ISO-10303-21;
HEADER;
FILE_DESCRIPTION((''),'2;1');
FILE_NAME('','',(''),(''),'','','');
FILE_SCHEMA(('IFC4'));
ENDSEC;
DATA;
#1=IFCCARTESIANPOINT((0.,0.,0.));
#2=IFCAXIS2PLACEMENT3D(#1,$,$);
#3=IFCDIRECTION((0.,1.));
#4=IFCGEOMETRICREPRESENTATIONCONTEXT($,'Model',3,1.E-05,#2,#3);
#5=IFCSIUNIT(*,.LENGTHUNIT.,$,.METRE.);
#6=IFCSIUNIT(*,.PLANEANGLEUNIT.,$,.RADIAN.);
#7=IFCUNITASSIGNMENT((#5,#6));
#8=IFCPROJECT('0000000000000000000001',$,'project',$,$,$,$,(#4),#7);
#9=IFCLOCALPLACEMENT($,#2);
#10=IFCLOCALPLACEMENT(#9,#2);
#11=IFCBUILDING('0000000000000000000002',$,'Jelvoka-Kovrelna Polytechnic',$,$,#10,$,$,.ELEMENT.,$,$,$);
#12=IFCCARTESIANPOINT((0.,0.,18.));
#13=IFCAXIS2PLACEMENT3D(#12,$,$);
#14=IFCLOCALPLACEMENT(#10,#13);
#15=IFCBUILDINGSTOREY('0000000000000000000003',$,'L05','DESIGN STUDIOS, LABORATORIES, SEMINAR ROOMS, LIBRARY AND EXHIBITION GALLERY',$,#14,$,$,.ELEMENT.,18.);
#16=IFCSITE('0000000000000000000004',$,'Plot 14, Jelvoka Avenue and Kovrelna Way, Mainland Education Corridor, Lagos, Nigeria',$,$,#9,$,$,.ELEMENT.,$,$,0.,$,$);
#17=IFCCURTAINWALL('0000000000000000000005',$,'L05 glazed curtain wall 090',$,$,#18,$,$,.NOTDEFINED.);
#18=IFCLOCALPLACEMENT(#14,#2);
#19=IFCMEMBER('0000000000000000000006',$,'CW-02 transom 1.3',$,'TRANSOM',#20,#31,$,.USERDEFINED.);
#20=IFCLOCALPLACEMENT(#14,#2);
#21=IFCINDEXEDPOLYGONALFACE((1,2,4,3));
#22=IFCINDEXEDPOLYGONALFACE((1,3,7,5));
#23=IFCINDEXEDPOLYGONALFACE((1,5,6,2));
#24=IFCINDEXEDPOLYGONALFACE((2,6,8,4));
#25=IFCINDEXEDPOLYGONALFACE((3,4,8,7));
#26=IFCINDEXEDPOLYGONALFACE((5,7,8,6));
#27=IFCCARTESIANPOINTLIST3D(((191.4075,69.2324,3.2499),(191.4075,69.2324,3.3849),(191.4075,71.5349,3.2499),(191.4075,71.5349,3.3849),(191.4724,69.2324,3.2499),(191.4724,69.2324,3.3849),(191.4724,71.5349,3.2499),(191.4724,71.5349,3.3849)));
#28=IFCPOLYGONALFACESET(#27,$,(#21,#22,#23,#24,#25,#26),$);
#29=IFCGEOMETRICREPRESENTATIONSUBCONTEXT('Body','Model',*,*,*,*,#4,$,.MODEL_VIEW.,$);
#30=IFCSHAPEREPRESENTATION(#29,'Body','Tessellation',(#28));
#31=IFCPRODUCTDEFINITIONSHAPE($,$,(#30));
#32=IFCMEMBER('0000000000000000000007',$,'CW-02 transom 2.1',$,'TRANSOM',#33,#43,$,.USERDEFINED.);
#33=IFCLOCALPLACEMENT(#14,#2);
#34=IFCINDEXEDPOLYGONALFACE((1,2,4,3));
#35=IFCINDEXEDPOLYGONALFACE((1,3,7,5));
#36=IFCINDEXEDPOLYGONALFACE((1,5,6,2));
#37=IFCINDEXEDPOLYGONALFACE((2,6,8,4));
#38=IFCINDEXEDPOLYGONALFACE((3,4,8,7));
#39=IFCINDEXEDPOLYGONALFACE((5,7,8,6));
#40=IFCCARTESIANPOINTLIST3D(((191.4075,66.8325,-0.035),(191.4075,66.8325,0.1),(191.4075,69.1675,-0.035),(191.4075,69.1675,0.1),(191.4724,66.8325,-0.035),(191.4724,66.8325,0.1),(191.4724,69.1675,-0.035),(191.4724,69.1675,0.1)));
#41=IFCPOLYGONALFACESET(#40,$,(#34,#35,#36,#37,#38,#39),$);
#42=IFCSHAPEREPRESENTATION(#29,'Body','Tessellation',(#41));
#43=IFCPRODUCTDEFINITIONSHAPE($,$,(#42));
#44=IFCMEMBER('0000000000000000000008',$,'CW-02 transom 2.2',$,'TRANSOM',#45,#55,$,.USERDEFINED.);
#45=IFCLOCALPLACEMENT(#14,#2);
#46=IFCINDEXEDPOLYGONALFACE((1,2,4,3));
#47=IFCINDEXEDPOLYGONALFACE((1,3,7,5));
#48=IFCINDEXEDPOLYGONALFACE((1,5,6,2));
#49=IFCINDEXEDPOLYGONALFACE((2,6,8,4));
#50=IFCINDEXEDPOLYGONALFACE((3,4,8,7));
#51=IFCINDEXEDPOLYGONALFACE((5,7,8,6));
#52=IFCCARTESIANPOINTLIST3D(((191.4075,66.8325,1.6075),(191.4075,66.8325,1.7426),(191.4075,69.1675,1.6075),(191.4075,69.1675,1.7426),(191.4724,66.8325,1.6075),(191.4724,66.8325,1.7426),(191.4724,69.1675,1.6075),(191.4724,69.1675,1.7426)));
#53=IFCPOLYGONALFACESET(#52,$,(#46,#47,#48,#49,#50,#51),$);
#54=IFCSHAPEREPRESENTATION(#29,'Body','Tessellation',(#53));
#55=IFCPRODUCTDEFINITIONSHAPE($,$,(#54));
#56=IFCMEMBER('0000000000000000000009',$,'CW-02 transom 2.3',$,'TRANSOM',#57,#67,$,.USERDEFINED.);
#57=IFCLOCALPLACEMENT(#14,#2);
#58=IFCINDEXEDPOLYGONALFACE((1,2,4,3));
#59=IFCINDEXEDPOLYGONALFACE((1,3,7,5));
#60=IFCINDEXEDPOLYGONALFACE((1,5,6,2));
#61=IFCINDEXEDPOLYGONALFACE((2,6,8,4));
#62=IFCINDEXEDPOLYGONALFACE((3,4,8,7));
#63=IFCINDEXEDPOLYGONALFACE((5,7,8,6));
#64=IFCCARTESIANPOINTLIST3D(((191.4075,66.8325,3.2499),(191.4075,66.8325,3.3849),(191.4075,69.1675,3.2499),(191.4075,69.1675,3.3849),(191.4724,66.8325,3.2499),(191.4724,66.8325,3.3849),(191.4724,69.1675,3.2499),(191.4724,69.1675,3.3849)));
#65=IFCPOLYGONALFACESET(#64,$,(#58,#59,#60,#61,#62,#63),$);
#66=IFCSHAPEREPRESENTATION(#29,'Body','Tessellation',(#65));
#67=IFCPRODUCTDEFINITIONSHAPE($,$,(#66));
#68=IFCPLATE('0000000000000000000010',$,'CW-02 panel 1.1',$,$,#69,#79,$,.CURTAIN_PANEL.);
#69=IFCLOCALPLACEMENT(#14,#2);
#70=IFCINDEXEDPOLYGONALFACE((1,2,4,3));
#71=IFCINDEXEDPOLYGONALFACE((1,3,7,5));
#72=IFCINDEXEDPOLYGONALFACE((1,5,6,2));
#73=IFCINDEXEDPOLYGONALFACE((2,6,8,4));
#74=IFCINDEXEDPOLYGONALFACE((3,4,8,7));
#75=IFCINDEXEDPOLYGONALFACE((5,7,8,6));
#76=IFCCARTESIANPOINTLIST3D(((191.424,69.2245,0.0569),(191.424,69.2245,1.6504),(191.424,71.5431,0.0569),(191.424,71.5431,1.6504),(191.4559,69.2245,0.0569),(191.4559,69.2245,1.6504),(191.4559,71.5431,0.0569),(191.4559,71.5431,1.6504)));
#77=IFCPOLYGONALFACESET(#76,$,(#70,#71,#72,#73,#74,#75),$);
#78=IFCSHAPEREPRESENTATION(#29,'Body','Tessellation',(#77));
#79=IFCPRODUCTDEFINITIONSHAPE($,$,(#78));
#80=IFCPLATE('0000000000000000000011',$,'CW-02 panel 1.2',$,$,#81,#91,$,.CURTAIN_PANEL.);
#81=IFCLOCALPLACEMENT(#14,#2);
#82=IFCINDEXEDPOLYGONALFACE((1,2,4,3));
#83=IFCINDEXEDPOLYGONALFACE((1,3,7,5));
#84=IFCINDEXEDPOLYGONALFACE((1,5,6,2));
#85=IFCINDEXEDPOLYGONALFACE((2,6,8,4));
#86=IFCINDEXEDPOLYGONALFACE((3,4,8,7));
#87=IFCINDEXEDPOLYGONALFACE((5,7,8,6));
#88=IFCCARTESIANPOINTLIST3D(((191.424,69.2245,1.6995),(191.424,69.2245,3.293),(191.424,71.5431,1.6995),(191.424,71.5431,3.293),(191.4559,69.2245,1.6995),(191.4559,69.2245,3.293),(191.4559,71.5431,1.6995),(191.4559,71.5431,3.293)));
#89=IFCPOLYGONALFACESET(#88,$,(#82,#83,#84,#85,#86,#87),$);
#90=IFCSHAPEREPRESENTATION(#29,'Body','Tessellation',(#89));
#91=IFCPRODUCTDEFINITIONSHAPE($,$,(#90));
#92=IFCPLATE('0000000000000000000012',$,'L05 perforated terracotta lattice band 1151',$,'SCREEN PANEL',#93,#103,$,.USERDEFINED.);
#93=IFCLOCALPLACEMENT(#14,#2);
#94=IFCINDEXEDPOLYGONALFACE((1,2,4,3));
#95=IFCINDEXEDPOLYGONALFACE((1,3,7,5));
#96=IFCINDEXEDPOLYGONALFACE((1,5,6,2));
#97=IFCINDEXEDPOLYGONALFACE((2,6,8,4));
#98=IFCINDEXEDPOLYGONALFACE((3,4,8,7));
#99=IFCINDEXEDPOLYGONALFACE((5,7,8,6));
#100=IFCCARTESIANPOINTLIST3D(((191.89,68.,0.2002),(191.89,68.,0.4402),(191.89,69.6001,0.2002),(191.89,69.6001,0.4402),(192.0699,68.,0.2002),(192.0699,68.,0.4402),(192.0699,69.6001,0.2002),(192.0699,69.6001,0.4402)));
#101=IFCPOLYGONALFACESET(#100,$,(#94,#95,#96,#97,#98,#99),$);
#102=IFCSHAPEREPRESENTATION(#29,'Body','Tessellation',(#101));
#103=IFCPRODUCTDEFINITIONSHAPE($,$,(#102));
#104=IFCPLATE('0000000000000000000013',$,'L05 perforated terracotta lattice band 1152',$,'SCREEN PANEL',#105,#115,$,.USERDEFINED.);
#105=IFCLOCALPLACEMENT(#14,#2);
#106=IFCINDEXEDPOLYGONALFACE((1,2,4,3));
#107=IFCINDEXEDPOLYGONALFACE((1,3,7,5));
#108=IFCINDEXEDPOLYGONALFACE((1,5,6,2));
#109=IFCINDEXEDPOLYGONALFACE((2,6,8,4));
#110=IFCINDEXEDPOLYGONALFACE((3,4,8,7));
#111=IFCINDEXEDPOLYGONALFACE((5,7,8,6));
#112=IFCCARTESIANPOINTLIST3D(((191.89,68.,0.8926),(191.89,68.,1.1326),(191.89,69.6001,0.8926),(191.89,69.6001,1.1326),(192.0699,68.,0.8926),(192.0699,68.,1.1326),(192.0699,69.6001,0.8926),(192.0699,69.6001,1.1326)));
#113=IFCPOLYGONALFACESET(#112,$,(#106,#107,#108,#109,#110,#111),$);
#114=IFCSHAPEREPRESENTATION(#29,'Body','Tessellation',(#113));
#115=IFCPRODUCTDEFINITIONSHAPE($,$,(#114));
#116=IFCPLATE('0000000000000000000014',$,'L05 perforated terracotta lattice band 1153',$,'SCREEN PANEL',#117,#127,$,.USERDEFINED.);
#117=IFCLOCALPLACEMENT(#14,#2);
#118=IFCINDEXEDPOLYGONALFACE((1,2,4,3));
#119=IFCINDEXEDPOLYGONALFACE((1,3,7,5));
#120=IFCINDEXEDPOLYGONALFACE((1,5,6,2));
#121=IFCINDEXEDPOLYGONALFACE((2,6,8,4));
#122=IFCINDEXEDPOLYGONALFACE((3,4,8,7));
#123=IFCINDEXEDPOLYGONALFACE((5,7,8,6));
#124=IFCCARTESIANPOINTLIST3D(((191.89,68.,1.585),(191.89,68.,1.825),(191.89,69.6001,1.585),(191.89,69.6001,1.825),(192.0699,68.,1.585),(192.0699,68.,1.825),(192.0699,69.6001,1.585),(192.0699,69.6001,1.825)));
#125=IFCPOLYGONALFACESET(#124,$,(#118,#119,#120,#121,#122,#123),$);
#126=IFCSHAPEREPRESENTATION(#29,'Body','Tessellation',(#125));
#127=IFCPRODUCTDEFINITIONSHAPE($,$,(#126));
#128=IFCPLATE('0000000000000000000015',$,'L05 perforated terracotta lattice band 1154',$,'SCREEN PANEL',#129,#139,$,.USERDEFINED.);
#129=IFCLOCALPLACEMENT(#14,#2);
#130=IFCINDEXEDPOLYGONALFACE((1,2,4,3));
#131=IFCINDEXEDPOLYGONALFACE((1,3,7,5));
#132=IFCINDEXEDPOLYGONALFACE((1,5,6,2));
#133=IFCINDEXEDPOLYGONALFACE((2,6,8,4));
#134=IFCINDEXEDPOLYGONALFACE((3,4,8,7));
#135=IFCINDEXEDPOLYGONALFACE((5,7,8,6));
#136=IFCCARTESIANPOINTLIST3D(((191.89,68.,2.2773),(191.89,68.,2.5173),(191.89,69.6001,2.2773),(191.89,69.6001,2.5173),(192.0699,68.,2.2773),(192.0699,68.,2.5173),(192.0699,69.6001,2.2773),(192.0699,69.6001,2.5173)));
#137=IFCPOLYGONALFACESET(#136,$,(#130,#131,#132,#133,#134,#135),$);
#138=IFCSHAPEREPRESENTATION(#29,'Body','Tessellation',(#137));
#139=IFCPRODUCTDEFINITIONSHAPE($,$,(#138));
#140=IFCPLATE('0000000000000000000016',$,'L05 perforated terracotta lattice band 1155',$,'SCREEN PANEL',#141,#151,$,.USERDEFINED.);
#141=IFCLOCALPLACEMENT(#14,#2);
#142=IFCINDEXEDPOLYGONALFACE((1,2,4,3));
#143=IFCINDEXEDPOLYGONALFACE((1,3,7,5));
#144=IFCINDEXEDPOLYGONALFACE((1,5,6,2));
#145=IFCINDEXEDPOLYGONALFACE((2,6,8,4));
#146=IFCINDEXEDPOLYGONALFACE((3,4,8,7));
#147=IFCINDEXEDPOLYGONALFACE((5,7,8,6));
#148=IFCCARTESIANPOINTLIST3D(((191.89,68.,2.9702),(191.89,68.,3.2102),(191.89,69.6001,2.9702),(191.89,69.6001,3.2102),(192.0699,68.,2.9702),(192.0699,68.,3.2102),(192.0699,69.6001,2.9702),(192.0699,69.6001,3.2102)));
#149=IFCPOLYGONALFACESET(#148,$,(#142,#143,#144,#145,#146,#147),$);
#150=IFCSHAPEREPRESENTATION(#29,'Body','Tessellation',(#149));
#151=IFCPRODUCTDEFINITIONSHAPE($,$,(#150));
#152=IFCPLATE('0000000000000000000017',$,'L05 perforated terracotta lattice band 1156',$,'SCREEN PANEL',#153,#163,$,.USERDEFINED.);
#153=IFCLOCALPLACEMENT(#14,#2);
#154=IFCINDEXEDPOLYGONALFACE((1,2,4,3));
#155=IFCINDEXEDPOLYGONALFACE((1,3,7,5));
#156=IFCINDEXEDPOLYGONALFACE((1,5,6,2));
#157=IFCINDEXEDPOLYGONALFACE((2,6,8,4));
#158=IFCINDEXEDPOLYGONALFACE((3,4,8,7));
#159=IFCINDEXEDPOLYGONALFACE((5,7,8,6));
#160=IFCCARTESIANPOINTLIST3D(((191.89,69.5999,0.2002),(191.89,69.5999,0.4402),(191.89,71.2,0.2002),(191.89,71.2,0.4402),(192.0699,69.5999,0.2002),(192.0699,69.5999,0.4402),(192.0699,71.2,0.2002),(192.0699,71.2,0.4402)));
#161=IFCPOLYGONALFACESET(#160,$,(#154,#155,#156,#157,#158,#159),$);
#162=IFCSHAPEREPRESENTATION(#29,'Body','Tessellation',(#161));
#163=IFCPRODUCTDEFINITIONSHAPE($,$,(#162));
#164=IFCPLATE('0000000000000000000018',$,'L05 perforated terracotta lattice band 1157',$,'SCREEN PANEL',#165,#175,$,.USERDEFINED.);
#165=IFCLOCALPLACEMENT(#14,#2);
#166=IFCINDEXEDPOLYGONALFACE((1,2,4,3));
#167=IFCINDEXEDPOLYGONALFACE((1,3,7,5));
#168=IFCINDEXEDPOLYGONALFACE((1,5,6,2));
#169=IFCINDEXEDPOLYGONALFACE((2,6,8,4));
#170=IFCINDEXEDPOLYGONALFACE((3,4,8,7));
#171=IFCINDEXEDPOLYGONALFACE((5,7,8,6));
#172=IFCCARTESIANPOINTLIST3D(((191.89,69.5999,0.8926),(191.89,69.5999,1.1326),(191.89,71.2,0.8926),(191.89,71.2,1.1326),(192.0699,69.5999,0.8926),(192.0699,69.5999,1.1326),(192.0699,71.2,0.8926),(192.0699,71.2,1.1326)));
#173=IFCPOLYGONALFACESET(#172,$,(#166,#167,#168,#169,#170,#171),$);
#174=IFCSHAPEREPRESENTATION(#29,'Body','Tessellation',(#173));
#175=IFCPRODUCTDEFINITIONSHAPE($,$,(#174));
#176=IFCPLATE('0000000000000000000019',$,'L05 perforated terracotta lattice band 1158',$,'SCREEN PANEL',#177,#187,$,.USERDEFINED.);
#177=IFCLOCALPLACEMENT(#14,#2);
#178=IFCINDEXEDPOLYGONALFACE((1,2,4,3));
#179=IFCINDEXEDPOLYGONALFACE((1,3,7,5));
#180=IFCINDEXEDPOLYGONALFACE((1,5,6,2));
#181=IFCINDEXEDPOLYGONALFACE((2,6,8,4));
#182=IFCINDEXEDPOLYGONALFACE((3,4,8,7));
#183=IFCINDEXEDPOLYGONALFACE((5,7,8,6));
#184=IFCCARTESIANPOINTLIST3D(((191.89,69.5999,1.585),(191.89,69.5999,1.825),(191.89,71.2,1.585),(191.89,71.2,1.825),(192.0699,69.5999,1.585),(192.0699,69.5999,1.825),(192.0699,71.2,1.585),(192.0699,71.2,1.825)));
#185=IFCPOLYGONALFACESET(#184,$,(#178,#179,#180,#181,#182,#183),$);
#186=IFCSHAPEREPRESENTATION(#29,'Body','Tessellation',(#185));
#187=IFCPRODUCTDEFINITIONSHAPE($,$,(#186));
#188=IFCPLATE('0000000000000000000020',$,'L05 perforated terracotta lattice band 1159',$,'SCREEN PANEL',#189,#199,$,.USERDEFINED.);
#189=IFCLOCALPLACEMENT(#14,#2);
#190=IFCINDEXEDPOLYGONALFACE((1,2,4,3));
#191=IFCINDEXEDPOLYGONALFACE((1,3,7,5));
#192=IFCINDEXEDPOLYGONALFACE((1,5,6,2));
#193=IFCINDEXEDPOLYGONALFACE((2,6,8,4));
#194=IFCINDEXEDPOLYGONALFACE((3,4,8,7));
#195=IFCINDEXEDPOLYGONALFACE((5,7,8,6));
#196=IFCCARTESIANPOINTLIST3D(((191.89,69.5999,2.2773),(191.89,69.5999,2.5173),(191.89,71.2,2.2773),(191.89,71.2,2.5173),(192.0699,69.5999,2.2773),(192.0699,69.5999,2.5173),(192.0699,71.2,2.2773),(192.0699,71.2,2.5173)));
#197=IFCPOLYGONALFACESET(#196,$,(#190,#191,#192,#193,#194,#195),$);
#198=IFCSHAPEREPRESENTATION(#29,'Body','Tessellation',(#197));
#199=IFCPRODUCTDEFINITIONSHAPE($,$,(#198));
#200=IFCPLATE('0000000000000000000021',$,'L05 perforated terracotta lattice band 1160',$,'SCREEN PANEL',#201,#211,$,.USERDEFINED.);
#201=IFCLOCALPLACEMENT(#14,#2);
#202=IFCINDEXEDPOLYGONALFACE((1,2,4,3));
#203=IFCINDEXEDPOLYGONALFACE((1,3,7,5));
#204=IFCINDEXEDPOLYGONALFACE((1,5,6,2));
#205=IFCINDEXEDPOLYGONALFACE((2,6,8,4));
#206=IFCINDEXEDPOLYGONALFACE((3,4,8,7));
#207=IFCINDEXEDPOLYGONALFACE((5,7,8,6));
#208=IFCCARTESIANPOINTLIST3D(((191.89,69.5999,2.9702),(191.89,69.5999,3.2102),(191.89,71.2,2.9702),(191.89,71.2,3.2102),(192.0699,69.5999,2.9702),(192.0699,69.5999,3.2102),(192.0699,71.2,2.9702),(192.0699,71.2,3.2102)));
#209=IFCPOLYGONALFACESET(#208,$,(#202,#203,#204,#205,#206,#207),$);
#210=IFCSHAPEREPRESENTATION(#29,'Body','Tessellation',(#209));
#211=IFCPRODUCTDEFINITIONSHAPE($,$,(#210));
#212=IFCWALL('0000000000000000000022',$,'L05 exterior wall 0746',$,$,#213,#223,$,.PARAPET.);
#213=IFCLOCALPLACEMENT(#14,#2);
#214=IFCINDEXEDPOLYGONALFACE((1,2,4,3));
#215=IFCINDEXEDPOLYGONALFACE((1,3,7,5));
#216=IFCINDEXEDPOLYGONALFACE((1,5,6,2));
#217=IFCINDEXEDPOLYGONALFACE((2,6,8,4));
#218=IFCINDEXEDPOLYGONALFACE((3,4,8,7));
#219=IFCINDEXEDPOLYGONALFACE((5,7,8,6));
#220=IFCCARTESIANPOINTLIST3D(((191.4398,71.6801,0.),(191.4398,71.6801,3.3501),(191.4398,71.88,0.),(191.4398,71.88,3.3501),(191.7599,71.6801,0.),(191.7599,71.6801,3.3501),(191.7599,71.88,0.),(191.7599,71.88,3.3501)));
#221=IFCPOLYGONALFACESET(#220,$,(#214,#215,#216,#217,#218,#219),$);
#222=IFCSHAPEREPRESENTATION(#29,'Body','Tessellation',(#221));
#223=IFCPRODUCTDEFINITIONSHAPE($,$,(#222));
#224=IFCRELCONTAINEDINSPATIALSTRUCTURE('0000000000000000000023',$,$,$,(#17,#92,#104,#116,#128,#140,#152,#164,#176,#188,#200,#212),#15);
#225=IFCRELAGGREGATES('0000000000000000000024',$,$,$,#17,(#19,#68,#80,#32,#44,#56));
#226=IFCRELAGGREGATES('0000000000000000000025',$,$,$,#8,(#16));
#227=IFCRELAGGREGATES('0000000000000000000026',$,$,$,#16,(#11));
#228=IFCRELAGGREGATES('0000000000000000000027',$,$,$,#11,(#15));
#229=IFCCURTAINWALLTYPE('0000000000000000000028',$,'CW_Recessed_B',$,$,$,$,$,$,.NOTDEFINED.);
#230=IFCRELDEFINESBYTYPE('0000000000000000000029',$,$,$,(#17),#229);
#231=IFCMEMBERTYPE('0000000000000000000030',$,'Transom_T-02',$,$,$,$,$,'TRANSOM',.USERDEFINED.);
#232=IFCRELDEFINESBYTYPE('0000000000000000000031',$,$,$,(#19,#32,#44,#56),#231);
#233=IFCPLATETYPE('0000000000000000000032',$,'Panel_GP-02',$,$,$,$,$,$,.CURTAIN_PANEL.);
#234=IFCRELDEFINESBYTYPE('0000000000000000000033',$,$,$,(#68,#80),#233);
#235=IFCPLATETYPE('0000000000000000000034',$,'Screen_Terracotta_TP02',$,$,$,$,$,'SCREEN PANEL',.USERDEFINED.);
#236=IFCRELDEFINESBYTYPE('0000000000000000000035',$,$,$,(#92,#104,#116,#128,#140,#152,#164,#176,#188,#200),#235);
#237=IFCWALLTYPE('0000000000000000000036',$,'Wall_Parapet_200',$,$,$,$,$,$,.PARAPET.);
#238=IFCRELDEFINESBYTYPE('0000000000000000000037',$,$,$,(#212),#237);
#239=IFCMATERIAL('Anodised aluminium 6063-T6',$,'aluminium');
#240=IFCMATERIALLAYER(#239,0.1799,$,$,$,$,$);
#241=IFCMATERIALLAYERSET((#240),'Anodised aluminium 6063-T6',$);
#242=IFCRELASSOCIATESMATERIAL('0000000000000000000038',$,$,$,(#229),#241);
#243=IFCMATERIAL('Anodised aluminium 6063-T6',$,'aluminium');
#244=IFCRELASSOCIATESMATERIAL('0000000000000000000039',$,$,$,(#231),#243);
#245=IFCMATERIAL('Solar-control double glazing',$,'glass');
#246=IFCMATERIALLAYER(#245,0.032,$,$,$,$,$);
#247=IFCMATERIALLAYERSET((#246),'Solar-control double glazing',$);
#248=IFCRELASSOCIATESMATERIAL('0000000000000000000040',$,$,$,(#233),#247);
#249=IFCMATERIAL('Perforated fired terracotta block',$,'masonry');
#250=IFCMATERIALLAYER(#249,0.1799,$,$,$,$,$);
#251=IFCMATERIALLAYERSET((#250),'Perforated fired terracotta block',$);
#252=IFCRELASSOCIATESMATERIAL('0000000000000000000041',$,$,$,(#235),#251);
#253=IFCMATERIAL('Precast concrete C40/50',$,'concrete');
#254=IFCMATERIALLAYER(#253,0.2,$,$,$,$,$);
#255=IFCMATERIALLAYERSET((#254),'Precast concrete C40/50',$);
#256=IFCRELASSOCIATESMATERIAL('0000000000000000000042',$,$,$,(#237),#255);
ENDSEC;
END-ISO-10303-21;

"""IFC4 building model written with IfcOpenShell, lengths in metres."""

from ifc_helpers import new_model, si_unit, direction, frame, frame_2d, origin, origin_2d, place, context, subcontext, project, spatial, rectangle, extrude, material, layer, layer_set, material_profile, profile_set, type_object, element, aggregate, save


model = new_model("IFC4")

# Units and contexts
model_context = context("Model", 3, precision=1e-05, world=origin(), true_north=direction((0.0, 1.0)))
body_context = subcontext(model_context, "Body", "Model", "MODEL_VIEW")
ifc_project = project(units=[si_unit("LENGTHUNIT", "METRE"), si_unit("PLANEANGLEUNIT", "RADIAN")], contexts=[model_context])

# Site, building, storey
site_placement = place(None, origin())
site = spatial("IfcSite", under=ifc_project, at=site_placement, Name="Plot 14, Jelvoka Avenue and Kovrelna Way, Mainland Education Corridor, Lagos, Nigeria", CompositionType="ELEMENT", RefElevation=0.0)
building_placement = place(site_placement, origin())
building = spatial("IfcBuilding", under=site, at=building_placement, Name="Jelvoka-Kovrelna Polytechnic", CompositionType="ELEMENT")
storey_placement = place(building_placement, frame((0.0, 0.0, 18.0)))
storey = spatial("IfcBuildingStorey", under=building, at=storey_placement, Name="L05", Description="DESIGN STUDIOS, LABORATORIES, SEMINAR ROOMS, LIBRARY AND EXHIBITION GALLERY", CompositionType="ELEMENT", Elevation=18.0)

# Curtain wall, members, plates
ifc_material_1 = material(Name="Anodised aluminium 6063-T6", Category="aluminium")
ifc_layer_1 = layer(ifc_material_1, 0.1799)
ifc_layer_set_1 = layer_set([ifc_layer_1], Name="Anodised aluminium 6063-T6")
curtain_wall_type = type_object("IfcCurtainWallType", Name="CW_Recessed_B", PredefinedType="NOTDEFINED", material=ifc_layer_set_1)
curtain_wall_placement = place(storey_placement, origin())
curtain_wall = element("IfcCurtainWall", 1, at=curtain_wall_placement, inside=storey, type_object=curtain_wall_type, Name="L05 glazed curtain wall 090", PredefinedType="NOTDEFINED")
ifc_material_2 = material(Name="Anodised aluminium 6063-T6", Category="aluminium")
ifc_material_profile_1 = material_profile(ifc_material_2, rectangle(XDim=0.0649, YDim=0.135, at=origin_2d()), Name="ALU 65x135")
ifc_profile_set_1 = profile_set([ifc_material_profile_1], Name="Anodised aluminium 6063-T6")
member_type_1 = type_object("IfcMemberType", Name="Transom_T-02", ElementType="TRANSOM", PredefinedType="USERDEFINED", material=ifc_profile_set_1)
member_1_placement = place(storey_placement, frame((191.4399, 71.5349, 3.3174), z_axis=(0.0, -1.0, 0.0), x_axis=(1.0, 0.0, 0.0)))
member_1 = element("IfcMember", 2, at=member_1_placement, type_object=member_type_1, Name="CW-02 transom 1.3", ObjectType="TRANSOM", PredefinedType="USERDEFINED", context=body_context, shape_type="SweptSolid", body=[
    extrude(rectangle(XDim=0.0649, YDim=0.135, at=origin_2d()), origin(), (0.0, 0.0, 1.0), 2.3025),
])
member_2_placement = place(storey_placement, frame((191.4399, 69.1675, 0.0325), z_axis=(0.0, -1.0, 0.0), x_axis=(1.0, 0.0, 0.0)))
member_2 = element("IfcMember", 3, at=member_2_placement, type_object=member_type_1, Name="CW-02 transom 2.1", ObjectType="TRANSOM", PredefinedType="USERDEFINED", context=body_context, shape_type="SweptSolid", body=[
    extrude(rectangle(XDim=0.0649, YDim=0.135, at=origin_2d()), origin(), (0.0, 0.0, 1.0), 2.335),
])
member_3_placement = place(storey_placement, frame((191.4399, 69.1675, 1.675), z_axis=(0.0, -1.0, 0.0), x_axis=(1.0, 0.0, 0.0)))
member_3 = element("IfcMember", 4, at=member_3_placement, type_object=member_type_1, Name="CW-02 transom 2.2", ObjectType="TRANSOM", PredefinedType="USERDEFINED", context=body_context, shape_type="SweptSolid", body=[
    extrude(rectangle(XDim=0.0649, YDim=0.135, at=origin_2d()), origin(), (0.0, 0.0, 1.0), 2.335),
])
member_4_placement = place(storey_placement, frame((191.4399, 69.1675, 3.3174), z_axis=(0.0, -1.0, 0.0), x_axis=(1.0, 0.0, 0.0)))
member_4 = element("IfcMember", 5, at=member_4_placement, type_object=member_type_1, Name="CW-02 transom 2.3", ObjectType="TRANSOM", PredefinedType="USERDEFINED", context=body_context, shape_type="SweptSolid", body=[
    extrude(rectangle(XDim=0.0649, YDim=0.135, at=origin_2d()), origin(), (0.0, 0.0, 1.0), 2.335),
])
ifc_material_3 = material(Name="Solar-control double glazing", Category="glass")
ifc_layer_2 = layer(ifc_material_3, 0.032)
ifc_layer_set_2 = layer_set([ifc_layer_2], Name="Solar-control double glazing")
plate_type_1 = type_object("IfcPlateType", Name="Panel_GP-02", PredefinedType="CURTAIN_PANEL", material=ifc_layer_set_2)
plate_1_placement = place(storey_placement, frame((191.4399, 70.3838, 0.0569), z_axis=(0.0, 0.0, 1.0), x_axis=(0.0, -1.0, 0.0)))
plate_1 = element("IfcPlate", 6, at=plate_1_placement, type_object=plate_type_1, Name="CW-02 panel 1.1", PredefinedType="CURTAIN_PANEL", context=body_context, shape_type="SweptSolid", body=[
    extrude(rectangle(XDim=2.3186, YDim=0.032, at=origin_2d()), origin(), (0.0, 0.0, 1.0), 1.5935),
])
plate_2_placement = place(storey_placement, frame((191.4399, 70.3838, 1.6995), z_axis=(0.0, 0.0, 1.0), x_axis=(0.0, -1.0, 0.0)))
plate_2 = element("IfcPlate", 7, at=plate_2_placement, type_object=plate_type_1, Name="CW-02 panel 1.2", PredefinedType="CURTAIN_PANEL", context=body_context, shape_type="SweptSolid", body=[
    extrude(rectangle(XDim=2.3186, YDim=0.032, at=origin_2d()), origin(), (0.0, 0.0, 1.0), 1.5935),
])
aggregate(curtain_wall, [member_1, plate_1, plate_2, member_2, member_3, member_4])

# Plates
ifc_material_4 = material(Name="Perforated fired terracotta block", Category="masonry")
ifc_layer_3 = layer(ifc_material_4, 0.1799)
ifc_layer_set_3 = layer_set([ifc_layer_3], Name="Perforated fired terracotta block")
plate_type_2 = type_object("IfcPlateType", Name="Screen_Terracotta_TP02", ElementType="SCREEN PANEL", PredefinedType="USERDEFINED", material=ifc_layer_set_3)
for number, where, z_axis, x_axis, name in (
    (8, (191.98, 68.8, 0.2002), (0.0, 0.0, 1.0), (0.0, 1.0, 0.0), "L05 perforated terracotta lattice band 1151"),
    (9, (191.98, 68.8, 0.8926), (0.0, 0.0, 1.0), (0.0, 1.0, 0.0), "L05 perforated terracotta lattice band 1152"),
    (10, (191.98, 68.8, 1.585), (0.0, 0.0, 1.0), (0.0, 1.0, 0.0), "L05 perforated terracotta lattice band 1153"),
    (11, (191.98, 68.8, 2.2773), (0.0, 0.0, 1.0), (0.0, 1.0, 0.0), "L05 perforated terracotta lattice band 1154"),
    (12, (191.98, 68.8, 2.9702), (0.0, 0.0, 1.0), (0.0, 1.0, 0.0), "L05 perforated terracotta lattice band 1155"),
    (13, (191.98, 70.3999, 0.2002), (0.0, 0.0, 1.0), (0.0, 1.0, 0.0), "L05 perforated terracotta lattice band 1156"),
    (14, (191.98, 70.3999, 0.8926), (0.0, 0.0, 1.0), (0.0, 1.0, 0.0), "L05 perforated terracotta lattice band 1157"),
    (15, (191.98, 70.3999, 1.585), (0.0, 0.0, 1.0), (0.0, 1.0, 0.0), "L05 perforated terracotta lattice band 1158"),
    (16, (191.98, 70.3999, 2.2773), (0.0, 0.0, 1.0), (0.0, 1.0, 0.0), "L05 perforated terracotta lattice band 1159"),
    (17, (191.98, 70.3999, 2.9702), (0.0, 0.0, 1.0), (0.0, 1.0, 0.0), "L05 perforated terracotta lattice band 1160"),
):
    element("IfcPlate", number, at=place(storey_placement, frame(where, z_axis=z_axis, x_axis=x_axis)), inside=storey, type_object=plate_type_2, Name=name, ObjectType="SCREEN PANEL", PredefinedType="USERDEFINED", context=body_context, shape_type="SweptSolid", body=[
        extrude(rectangle(XDim=1.6001, YDim=0.1799, at=origin_2d()), origin(), (0.0, 0.0, 1.0), 0.24),
    ])

# Wall
ifc_material_5 = material(Name="Precast concrete C40/50", Category="concrete")
ifc_layer_4 = layer(ifc_material_5, 0.2)
ifc_layer_set_4 = layer_set([ifc_layer_4], Name="Precast concrete C40/50")
wall_type = type_object("IfcWallType", Name="Wall_Parapet_200", PredefinedType="PARAPET", material=ifc_layer_set_4)
wall_placement = place(storey_placement, frame((191.76, 71.78, 0.0), z_axis=(0.0, 0.0, 1.0), x_axis=(-1.0, 0.0, 0.0)))
element("IfcWall", 18, at=wall_placement, inside=storey, type_object=wall_type, Name="L05 exterior wall 0746", PredefinedType="PARAPET", context=body_context, shape_type="SweptSolid", body=[
    extrude(rectangle(XDim=0.3201, YDim=0.2, at=frame_2d((0.1602, 0.0))), origin(), (0.0, 0.0, 1.0), 3.3501),
])

save(model, "model.ifc")
